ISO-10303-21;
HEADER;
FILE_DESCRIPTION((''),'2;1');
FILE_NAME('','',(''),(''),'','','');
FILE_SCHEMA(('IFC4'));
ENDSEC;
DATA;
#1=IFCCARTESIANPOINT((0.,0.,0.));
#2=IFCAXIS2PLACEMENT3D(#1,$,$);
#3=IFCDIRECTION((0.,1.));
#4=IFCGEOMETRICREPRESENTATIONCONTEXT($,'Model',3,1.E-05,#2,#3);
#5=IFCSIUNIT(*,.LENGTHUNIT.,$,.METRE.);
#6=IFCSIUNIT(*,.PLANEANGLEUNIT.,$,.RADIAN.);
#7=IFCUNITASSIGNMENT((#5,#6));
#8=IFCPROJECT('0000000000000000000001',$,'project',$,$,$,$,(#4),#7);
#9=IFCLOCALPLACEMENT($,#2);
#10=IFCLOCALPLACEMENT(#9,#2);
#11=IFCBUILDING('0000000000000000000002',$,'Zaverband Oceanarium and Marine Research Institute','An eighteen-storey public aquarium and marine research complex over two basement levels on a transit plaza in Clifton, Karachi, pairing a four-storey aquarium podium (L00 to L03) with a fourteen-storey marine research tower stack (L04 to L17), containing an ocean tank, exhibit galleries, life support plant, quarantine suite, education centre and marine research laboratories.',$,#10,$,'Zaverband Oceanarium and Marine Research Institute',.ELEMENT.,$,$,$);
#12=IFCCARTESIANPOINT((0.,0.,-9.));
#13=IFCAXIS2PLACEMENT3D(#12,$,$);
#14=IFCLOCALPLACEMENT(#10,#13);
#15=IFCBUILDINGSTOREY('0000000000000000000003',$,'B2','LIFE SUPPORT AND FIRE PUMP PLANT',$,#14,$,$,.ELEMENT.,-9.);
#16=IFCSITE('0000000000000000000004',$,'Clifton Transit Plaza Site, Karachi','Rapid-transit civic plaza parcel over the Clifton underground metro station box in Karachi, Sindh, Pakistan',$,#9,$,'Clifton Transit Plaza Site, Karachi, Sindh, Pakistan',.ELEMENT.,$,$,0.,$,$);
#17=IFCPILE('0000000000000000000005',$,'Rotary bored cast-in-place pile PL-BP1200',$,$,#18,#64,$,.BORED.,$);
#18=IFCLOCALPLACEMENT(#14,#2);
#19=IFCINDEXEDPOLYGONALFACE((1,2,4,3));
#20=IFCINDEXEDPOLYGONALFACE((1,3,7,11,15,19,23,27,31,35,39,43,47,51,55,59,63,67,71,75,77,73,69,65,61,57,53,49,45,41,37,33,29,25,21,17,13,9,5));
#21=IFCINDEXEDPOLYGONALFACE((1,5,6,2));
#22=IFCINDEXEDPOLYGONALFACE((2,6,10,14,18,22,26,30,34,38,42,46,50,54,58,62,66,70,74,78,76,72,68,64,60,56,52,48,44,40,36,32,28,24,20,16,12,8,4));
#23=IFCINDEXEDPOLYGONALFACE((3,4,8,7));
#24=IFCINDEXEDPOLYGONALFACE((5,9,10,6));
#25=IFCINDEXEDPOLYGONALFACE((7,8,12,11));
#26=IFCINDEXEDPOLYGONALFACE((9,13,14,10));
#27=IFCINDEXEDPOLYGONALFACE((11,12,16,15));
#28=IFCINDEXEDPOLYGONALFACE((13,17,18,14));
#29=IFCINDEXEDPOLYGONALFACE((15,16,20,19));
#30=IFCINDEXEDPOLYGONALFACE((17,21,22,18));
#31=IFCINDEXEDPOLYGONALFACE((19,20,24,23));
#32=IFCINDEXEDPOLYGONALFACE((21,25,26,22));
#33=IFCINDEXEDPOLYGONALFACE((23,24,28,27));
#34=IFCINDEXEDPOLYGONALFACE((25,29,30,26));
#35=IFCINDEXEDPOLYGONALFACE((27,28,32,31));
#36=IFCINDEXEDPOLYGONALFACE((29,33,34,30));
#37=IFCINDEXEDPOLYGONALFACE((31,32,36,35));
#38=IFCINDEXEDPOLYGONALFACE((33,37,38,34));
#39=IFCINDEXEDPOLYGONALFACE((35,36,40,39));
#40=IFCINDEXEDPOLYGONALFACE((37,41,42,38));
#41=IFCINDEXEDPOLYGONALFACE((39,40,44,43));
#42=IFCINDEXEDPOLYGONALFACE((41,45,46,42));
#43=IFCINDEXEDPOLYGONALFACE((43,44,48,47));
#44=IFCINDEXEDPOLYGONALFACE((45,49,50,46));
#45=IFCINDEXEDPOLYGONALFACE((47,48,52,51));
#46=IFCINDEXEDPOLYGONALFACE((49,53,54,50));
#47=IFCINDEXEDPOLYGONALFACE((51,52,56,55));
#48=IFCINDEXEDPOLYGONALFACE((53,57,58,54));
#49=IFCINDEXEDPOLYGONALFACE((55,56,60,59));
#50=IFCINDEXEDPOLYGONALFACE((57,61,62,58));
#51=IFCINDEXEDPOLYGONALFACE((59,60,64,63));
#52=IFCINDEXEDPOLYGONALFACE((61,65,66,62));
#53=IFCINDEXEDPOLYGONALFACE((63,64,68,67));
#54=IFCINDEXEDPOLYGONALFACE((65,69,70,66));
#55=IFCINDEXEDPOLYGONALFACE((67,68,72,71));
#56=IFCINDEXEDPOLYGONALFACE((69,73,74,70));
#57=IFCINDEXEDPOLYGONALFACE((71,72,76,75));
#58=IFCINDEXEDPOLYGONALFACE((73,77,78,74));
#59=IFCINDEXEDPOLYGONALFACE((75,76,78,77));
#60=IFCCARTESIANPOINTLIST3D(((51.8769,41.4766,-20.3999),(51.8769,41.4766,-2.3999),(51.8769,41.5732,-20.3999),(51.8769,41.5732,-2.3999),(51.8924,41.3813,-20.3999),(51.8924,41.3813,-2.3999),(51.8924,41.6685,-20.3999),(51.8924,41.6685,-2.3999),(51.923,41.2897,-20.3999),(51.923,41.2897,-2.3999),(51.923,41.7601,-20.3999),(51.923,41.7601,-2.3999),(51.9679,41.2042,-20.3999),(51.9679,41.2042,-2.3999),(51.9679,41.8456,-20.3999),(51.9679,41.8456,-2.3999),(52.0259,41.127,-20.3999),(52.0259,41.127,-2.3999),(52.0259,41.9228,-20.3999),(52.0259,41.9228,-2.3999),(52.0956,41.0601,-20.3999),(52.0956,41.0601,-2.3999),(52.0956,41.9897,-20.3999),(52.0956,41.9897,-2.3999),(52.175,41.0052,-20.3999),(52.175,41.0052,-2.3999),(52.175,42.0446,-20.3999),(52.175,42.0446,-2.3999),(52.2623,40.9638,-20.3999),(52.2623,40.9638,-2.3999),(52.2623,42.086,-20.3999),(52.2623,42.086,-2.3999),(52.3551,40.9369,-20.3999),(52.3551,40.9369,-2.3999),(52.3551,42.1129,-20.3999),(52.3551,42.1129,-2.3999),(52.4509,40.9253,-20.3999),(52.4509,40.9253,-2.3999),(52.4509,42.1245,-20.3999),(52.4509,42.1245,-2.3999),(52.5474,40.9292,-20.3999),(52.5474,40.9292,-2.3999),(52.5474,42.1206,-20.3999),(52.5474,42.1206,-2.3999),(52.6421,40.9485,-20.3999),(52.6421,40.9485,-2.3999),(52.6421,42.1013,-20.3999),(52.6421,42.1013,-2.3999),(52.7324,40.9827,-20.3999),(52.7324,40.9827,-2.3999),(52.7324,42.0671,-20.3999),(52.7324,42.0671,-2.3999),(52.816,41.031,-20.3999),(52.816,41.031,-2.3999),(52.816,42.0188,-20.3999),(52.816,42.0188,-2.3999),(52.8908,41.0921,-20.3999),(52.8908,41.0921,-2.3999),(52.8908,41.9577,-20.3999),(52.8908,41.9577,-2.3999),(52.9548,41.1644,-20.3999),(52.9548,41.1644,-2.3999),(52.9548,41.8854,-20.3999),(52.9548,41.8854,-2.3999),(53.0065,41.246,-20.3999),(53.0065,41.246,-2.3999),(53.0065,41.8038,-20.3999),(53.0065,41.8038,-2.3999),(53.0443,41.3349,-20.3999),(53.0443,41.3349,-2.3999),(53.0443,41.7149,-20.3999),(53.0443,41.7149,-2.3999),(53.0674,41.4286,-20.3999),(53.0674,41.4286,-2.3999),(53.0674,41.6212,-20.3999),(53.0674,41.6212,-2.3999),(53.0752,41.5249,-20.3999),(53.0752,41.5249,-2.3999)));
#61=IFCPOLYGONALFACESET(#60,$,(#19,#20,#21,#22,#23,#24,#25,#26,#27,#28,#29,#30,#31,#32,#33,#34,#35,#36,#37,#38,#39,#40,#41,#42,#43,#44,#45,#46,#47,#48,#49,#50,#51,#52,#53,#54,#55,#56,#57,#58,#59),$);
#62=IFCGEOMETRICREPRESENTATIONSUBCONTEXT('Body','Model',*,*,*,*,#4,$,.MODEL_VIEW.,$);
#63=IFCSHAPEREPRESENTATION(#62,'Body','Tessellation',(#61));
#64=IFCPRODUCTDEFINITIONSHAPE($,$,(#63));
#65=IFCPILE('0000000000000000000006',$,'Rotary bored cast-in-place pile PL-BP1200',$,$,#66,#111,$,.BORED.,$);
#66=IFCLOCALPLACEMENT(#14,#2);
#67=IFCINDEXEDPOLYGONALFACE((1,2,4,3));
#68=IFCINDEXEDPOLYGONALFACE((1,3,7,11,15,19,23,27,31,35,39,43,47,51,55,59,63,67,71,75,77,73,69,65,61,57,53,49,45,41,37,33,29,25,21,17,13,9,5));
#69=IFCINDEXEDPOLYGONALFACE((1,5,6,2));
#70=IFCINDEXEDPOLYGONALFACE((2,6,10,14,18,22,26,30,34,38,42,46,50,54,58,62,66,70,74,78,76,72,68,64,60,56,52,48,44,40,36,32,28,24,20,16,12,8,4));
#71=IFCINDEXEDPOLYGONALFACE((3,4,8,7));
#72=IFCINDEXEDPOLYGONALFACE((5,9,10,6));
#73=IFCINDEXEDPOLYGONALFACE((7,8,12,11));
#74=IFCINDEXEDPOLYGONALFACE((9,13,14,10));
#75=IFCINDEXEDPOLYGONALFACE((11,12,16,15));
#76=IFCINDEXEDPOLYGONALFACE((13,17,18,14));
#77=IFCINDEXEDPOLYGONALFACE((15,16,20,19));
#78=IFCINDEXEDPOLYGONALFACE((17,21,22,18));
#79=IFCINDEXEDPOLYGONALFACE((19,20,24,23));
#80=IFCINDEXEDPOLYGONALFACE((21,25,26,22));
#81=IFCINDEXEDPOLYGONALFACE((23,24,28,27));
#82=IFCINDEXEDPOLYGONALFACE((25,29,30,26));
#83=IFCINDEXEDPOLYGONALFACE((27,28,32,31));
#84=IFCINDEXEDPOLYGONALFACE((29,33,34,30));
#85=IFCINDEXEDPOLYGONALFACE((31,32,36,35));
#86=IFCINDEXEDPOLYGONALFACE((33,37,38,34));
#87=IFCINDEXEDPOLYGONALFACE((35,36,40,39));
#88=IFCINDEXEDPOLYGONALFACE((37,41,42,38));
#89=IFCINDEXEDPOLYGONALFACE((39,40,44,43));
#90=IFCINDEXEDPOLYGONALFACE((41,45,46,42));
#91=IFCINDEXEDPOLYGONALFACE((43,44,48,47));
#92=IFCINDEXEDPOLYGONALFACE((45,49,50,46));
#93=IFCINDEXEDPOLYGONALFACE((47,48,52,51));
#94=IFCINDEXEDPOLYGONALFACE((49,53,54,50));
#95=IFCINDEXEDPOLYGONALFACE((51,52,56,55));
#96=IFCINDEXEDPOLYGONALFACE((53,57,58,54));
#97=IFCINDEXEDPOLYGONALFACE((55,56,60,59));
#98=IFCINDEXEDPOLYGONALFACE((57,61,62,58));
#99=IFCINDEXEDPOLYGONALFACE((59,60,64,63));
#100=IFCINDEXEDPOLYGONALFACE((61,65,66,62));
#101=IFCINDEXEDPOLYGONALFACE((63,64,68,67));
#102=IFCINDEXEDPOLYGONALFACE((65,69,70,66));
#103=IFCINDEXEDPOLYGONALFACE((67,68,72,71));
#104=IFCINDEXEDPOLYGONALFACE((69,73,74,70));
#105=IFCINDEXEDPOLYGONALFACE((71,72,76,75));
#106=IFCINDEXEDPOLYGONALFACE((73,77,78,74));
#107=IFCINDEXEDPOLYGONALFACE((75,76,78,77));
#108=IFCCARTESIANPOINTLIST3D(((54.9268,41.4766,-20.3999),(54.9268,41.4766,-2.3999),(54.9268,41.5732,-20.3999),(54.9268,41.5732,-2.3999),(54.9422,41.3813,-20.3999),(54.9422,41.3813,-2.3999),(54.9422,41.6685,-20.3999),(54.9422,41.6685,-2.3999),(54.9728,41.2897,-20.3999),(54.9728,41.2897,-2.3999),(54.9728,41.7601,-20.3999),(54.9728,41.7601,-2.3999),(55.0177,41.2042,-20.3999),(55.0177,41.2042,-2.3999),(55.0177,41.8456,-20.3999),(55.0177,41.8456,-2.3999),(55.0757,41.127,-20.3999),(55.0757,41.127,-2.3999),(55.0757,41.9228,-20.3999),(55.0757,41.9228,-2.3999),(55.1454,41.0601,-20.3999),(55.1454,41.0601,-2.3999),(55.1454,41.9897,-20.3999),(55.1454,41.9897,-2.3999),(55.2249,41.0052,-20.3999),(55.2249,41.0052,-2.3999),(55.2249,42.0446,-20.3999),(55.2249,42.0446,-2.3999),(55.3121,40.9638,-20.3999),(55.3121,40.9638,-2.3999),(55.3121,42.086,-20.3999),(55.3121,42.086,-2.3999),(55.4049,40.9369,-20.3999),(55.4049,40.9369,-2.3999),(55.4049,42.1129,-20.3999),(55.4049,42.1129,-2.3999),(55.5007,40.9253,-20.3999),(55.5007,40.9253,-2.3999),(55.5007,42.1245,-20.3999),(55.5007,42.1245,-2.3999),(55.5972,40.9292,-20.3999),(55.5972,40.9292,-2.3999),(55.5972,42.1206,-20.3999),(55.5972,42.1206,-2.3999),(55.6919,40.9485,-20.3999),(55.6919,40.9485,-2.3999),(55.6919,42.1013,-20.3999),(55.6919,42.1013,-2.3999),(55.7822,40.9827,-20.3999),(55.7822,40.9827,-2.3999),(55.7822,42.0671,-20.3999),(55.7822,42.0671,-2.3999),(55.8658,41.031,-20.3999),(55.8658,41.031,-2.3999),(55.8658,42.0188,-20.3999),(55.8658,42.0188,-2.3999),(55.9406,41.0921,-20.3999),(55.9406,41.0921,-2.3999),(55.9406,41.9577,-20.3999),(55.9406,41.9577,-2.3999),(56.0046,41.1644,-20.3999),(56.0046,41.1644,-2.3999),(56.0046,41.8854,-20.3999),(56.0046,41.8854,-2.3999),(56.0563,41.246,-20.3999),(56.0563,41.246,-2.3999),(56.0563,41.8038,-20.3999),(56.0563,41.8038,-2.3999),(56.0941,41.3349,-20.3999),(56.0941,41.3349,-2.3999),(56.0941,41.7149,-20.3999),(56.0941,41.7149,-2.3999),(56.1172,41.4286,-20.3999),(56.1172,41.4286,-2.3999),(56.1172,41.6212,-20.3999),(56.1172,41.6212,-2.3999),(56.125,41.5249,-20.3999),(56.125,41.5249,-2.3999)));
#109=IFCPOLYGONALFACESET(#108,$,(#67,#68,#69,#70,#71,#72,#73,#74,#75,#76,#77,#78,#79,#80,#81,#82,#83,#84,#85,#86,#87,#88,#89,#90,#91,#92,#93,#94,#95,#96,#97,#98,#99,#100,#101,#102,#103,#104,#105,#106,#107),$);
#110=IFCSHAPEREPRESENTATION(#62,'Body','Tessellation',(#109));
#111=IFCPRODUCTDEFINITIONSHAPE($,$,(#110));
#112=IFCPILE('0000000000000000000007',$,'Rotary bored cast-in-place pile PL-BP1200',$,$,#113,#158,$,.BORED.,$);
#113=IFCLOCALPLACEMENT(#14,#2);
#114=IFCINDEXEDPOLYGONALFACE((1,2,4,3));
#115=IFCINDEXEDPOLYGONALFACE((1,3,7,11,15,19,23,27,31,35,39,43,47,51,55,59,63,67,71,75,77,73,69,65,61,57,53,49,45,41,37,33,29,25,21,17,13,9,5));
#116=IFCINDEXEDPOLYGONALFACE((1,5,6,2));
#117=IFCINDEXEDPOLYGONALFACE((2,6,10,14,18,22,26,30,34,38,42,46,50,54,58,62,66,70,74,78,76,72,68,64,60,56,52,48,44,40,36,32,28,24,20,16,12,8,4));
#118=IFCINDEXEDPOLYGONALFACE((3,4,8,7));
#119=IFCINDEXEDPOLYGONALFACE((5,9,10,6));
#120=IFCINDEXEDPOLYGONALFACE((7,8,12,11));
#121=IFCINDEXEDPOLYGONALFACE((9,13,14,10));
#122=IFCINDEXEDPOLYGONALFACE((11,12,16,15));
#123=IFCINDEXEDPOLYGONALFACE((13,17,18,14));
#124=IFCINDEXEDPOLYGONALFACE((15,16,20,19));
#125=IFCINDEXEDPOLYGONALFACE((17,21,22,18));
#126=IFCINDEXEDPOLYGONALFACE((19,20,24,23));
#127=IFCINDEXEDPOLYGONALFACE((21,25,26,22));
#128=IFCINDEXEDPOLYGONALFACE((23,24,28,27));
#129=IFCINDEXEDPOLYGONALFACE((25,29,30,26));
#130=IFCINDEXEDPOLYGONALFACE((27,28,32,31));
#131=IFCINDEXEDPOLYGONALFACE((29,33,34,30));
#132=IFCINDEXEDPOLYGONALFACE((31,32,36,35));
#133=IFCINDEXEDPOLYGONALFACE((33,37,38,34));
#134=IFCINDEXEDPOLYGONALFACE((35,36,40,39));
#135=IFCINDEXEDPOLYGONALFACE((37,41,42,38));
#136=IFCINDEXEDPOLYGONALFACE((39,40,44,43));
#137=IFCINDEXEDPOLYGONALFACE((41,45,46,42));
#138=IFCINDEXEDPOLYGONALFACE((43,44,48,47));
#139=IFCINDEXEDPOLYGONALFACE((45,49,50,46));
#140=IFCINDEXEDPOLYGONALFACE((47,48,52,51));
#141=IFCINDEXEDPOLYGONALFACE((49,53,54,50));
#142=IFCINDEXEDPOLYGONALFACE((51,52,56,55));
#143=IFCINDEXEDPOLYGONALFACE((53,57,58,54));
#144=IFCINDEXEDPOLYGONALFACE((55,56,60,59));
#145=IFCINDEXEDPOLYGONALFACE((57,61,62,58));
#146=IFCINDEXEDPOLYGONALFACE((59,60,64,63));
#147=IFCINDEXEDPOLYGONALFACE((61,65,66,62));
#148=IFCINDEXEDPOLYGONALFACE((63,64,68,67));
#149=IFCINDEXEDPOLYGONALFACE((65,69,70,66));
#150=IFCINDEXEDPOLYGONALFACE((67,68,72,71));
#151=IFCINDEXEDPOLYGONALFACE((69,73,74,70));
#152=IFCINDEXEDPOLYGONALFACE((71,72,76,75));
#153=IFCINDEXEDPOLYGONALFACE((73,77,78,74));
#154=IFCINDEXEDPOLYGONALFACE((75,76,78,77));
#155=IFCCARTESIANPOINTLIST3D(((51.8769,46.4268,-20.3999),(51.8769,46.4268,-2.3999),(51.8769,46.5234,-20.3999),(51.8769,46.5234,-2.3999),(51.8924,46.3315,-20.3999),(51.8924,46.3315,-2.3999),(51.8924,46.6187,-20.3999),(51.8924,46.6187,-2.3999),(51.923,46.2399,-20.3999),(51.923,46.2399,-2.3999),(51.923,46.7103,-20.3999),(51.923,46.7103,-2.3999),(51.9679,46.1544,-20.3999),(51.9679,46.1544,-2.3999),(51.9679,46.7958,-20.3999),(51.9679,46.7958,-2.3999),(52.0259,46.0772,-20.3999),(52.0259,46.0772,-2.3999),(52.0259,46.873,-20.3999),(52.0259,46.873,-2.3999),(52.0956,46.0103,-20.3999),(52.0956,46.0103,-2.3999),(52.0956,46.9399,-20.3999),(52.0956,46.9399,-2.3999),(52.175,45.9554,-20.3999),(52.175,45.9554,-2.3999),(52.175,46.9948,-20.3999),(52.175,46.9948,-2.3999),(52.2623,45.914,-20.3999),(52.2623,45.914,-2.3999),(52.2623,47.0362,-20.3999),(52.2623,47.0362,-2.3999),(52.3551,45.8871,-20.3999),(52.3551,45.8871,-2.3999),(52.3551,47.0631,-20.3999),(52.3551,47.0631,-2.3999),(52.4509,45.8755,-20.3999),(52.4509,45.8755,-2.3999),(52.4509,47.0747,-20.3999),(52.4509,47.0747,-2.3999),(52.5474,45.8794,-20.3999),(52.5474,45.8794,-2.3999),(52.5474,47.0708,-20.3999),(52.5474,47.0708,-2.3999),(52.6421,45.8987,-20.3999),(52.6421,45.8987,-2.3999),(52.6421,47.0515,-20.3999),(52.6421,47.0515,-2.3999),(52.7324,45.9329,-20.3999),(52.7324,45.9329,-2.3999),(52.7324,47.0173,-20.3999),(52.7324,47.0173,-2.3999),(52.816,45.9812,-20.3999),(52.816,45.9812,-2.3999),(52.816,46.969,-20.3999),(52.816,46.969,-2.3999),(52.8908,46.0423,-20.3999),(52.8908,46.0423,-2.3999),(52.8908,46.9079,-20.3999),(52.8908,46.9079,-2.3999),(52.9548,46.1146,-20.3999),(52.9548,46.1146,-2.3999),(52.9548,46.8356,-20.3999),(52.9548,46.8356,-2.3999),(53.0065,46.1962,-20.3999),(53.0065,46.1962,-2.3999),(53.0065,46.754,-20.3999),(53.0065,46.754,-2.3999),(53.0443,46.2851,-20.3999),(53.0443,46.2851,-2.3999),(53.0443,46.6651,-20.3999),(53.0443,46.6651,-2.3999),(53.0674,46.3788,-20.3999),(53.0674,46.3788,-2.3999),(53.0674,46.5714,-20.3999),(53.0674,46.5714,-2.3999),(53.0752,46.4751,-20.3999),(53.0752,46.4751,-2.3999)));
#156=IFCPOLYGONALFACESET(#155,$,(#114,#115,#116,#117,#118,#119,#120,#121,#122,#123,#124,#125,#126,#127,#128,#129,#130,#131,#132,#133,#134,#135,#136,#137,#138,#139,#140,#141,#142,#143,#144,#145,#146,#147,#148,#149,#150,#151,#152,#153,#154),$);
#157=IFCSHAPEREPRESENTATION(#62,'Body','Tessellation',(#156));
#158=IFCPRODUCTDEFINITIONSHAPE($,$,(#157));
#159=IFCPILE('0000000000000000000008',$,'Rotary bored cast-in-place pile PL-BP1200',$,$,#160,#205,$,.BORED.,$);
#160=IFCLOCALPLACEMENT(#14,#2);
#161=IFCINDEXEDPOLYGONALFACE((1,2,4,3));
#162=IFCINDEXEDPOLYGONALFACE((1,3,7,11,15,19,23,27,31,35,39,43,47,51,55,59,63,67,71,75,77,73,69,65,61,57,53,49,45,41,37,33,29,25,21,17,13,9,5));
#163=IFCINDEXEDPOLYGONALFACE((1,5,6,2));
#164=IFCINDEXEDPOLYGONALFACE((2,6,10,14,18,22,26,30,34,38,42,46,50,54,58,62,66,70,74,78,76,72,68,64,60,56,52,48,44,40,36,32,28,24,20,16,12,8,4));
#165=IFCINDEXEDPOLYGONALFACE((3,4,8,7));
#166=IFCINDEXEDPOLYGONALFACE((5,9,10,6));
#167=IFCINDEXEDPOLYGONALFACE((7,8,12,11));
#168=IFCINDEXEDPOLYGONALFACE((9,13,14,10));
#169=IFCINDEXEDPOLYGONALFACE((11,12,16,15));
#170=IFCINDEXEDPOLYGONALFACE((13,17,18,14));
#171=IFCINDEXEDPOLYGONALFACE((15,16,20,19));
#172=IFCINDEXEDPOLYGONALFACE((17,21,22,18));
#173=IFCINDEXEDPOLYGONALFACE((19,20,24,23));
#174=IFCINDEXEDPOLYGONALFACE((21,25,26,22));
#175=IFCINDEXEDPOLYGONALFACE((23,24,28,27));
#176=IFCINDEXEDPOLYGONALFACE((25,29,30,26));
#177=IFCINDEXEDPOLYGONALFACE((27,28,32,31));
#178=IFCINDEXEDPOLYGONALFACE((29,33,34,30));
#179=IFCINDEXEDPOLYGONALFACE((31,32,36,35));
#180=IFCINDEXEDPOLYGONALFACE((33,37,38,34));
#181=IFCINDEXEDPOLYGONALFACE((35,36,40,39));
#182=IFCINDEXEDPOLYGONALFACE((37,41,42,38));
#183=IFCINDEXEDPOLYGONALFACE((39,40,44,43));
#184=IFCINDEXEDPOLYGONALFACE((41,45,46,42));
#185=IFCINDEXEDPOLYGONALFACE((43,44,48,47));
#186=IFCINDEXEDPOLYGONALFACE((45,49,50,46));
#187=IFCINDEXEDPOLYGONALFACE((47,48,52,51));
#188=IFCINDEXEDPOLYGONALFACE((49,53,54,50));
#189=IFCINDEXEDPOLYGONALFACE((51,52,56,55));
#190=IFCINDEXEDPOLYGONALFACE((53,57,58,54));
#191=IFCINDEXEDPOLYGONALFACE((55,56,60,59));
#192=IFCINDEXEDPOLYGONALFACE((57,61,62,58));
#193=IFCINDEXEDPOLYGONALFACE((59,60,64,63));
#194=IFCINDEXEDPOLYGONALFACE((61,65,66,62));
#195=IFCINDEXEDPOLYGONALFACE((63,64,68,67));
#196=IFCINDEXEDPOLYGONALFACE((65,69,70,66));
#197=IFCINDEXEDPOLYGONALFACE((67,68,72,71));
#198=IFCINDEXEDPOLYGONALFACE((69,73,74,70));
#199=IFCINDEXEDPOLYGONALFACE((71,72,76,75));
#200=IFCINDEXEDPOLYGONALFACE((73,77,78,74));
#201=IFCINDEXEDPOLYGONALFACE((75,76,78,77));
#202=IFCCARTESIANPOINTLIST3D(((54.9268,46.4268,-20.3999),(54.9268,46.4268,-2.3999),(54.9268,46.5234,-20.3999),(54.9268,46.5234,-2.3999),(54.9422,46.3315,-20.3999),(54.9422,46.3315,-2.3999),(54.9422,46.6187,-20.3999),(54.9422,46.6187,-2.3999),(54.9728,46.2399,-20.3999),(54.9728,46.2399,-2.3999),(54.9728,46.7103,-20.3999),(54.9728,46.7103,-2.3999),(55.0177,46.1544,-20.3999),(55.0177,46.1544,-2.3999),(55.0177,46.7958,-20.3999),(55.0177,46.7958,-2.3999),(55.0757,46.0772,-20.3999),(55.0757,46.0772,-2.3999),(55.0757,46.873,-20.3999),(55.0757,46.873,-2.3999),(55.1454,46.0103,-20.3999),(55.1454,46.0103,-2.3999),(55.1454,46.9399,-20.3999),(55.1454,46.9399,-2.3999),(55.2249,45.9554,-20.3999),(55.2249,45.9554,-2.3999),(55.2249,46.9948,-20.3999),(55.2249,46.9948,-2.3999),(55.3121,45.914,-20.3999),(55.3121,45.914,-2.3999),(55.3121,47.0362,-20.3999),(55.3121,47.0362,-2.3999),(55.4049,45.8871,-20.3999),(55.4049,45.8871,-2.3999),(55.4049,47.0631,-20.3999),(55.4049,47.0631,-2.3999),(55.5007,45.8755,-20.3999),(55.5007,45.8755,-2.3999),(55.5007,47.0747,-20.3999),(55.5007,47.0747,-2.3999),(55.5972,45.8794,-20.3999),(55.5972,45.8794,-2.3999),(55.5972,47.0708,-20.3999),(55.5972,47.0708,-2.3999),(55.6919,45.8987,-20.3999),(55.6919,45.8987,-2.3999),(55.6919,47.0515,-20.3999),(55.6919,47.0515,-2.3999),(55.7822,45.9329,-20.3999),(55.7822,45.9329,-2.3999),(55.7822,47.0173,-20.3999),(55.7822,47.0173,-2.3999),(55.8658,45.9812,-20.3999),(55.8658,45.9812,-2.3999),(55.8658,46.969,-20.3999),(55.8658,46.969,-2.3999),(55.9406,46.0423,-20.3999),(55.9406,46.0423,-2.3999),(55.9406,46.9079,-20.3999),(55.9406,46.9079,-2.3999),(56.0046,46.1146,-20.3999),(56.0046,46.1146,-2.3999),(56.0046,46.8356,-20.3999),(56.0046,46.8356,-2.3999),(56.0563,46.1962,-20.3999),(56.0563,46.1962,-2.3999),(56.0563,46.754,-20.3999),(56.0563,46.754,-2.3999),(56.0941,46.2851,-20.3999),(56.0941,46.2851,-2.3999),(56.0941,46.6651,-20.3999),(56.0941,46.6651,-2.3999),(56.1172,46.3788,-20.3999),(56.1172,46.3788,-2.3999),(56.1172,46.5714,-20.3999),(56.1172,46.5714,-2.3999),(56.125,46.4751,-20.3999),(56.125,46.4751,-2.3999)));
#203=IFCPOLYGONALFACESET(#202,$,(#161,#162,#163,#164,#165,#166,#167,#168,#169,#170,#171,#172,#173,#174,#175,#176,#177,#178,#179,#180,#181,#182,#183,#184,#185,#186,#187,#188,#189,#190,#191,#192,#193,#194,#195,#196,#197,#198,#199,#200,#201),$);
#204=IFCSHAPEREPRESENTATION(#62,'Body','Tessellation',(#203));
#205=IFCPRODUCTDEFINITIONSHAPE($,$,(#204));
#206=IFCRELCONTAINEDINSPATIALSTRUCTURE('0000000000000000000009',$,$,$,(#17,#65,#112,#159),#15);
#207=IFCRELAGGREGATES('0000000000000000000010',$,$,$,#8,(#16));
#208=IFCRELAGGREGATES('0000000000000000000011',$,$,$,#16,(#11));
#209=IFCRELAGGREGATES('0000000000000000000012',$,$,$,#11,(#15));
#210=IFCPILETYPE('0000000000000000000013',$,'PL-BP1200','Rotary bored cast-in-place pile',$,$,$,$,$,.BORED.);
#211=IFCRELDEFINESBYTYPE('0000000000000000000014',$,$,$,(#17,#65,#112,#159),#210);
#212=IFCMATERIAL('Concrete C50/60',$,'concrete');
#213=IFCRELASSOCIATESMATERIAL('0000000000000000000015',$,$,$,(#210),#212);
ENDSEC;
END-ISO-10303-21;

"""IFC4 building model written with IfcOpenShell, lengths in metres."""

from ifc_helpers import new_model, si_unit, direction, frame, origin, origin_2d, place, context, subcontext, project, spatial, circle, extrude, material, material_profile, profile_set, type_object, element, save


model = new_model("IFC4")

# Units and contexts
model_context = context("Model", 3, precision=1e-05, world=origin(), true_north=direction((0.0, 1.0)))
body_context = subcontext(model_context, "Body", "Model", "MODEL_VIEW")
ifc_project = project(units=[si_unit("LENGTHUNIT", "METRE"), si_unit("PLANEANGLEUNIT", "RADIAN")], contexts=[model_context])

# Site, building, storey
site_placement = place(None, origin())
site = spatial("IfcSite", under=ifc_project, at=site_placement, Name="Clifton Transit Plaza Site, Karachi", Description="Rapid-transit civic plaza parcel over the Clifton underground metro station box in Karachi, Sindh, Pakistan", LongName="Clifton Transit Plaza Site, Karachi, Sindh, Pakistan", CompositionType="ELEMENT", RefElevation=0.0)
building_placement = place(site_placement, origin())
building = spatial("IfcBuilding", under=site, at=building_placement, Name="Zaverband Oceanarium and Marine Research Institute", Description="An eighteen-storey public aquarium and marine research complex over two basement levels on a transit plaza in Clifton, Karachi, pairing a four-storey aquarium podium (L00 to L03) with a fourteen-storey marine research tower stack (L04 to L17), containing an ocean tank, exhibit galleries, life support plant, quarantine suite, education centre and marine research laboratories.", LongName="Zaverband Oceanarium and Marine Research Institute", CompositionType="ELEMENT")
storey_placement = place(building_placement, frame((0.0, 0.0, -9.0)))
storey = spatial("IfcBuildingStorey", under=building, at=storey_placement, Name="B2", Description="LIFE SUPPORT AND FIRE PUMP PLANT", CompositionType="ELEMENT", Elevation=-9.0)

# Shared definitions
ifc_material_1 = material(Name="Concrete C50/60", Category="concrete")

# Piles
ifc_material_profile_1 = material_profile(ifc_material_1, circle(Radius=0.6001, at=origin_2d()), Name="BP1200")
ifc_profile_set_1 = profile_set([ifc_material_profile_1], Name="Concrete C50/60")
pile_type = type_object("IfcPileType", Name="PL-BP1200", Description="Rotary bored cast-in-place pile", PredefinedType="BORED", material=ifc_profile_set_1)
for number, where, z_axis, x_axis, name in (
    (1, (52.4751, 41.5249, -2.3999), (0.0, 0.0, -1.0), (1.0, 0.0, 0.0), "Rotary bored cast-in-place pile PL-BP1200"),
    (2, (55.5249, 41.5249, -2.3999), (0.0, 0.0, -1.0), (1.0, 0.0, 0.0), "Rotary bored cast-in-place pile PL-BP1200"),
    (3, (52.4751, 46.4751, -2.3999), (0.0, 0.0, -1.0), (1.0, 0.0, 0.0), "Rotary bored cast-in-place pile PL-BP1200"),
    (4, (55.5249, 46.4751, -2.3999), (0.0, 0.0, -1.0), (1.0, 0.0, 0.0), "Rotary bored cast-in-place pile PL-BP1200"),
):
    element("IfcPile", number, at=place(storey_placement, frame(where, z_axis=z_axis, x_axis=x_axis)), inside=storey, type_object=pile_type, Name=name, PredefinedType="BORED", context=body_context, shape_type="SweptSolid", body=[
        extrude(circle(Radius=0.6001, at=origin_2d()), origin(), (0.0, 0.0, 1.0), 18.0),
    ])

save(model, "model.ifc")
